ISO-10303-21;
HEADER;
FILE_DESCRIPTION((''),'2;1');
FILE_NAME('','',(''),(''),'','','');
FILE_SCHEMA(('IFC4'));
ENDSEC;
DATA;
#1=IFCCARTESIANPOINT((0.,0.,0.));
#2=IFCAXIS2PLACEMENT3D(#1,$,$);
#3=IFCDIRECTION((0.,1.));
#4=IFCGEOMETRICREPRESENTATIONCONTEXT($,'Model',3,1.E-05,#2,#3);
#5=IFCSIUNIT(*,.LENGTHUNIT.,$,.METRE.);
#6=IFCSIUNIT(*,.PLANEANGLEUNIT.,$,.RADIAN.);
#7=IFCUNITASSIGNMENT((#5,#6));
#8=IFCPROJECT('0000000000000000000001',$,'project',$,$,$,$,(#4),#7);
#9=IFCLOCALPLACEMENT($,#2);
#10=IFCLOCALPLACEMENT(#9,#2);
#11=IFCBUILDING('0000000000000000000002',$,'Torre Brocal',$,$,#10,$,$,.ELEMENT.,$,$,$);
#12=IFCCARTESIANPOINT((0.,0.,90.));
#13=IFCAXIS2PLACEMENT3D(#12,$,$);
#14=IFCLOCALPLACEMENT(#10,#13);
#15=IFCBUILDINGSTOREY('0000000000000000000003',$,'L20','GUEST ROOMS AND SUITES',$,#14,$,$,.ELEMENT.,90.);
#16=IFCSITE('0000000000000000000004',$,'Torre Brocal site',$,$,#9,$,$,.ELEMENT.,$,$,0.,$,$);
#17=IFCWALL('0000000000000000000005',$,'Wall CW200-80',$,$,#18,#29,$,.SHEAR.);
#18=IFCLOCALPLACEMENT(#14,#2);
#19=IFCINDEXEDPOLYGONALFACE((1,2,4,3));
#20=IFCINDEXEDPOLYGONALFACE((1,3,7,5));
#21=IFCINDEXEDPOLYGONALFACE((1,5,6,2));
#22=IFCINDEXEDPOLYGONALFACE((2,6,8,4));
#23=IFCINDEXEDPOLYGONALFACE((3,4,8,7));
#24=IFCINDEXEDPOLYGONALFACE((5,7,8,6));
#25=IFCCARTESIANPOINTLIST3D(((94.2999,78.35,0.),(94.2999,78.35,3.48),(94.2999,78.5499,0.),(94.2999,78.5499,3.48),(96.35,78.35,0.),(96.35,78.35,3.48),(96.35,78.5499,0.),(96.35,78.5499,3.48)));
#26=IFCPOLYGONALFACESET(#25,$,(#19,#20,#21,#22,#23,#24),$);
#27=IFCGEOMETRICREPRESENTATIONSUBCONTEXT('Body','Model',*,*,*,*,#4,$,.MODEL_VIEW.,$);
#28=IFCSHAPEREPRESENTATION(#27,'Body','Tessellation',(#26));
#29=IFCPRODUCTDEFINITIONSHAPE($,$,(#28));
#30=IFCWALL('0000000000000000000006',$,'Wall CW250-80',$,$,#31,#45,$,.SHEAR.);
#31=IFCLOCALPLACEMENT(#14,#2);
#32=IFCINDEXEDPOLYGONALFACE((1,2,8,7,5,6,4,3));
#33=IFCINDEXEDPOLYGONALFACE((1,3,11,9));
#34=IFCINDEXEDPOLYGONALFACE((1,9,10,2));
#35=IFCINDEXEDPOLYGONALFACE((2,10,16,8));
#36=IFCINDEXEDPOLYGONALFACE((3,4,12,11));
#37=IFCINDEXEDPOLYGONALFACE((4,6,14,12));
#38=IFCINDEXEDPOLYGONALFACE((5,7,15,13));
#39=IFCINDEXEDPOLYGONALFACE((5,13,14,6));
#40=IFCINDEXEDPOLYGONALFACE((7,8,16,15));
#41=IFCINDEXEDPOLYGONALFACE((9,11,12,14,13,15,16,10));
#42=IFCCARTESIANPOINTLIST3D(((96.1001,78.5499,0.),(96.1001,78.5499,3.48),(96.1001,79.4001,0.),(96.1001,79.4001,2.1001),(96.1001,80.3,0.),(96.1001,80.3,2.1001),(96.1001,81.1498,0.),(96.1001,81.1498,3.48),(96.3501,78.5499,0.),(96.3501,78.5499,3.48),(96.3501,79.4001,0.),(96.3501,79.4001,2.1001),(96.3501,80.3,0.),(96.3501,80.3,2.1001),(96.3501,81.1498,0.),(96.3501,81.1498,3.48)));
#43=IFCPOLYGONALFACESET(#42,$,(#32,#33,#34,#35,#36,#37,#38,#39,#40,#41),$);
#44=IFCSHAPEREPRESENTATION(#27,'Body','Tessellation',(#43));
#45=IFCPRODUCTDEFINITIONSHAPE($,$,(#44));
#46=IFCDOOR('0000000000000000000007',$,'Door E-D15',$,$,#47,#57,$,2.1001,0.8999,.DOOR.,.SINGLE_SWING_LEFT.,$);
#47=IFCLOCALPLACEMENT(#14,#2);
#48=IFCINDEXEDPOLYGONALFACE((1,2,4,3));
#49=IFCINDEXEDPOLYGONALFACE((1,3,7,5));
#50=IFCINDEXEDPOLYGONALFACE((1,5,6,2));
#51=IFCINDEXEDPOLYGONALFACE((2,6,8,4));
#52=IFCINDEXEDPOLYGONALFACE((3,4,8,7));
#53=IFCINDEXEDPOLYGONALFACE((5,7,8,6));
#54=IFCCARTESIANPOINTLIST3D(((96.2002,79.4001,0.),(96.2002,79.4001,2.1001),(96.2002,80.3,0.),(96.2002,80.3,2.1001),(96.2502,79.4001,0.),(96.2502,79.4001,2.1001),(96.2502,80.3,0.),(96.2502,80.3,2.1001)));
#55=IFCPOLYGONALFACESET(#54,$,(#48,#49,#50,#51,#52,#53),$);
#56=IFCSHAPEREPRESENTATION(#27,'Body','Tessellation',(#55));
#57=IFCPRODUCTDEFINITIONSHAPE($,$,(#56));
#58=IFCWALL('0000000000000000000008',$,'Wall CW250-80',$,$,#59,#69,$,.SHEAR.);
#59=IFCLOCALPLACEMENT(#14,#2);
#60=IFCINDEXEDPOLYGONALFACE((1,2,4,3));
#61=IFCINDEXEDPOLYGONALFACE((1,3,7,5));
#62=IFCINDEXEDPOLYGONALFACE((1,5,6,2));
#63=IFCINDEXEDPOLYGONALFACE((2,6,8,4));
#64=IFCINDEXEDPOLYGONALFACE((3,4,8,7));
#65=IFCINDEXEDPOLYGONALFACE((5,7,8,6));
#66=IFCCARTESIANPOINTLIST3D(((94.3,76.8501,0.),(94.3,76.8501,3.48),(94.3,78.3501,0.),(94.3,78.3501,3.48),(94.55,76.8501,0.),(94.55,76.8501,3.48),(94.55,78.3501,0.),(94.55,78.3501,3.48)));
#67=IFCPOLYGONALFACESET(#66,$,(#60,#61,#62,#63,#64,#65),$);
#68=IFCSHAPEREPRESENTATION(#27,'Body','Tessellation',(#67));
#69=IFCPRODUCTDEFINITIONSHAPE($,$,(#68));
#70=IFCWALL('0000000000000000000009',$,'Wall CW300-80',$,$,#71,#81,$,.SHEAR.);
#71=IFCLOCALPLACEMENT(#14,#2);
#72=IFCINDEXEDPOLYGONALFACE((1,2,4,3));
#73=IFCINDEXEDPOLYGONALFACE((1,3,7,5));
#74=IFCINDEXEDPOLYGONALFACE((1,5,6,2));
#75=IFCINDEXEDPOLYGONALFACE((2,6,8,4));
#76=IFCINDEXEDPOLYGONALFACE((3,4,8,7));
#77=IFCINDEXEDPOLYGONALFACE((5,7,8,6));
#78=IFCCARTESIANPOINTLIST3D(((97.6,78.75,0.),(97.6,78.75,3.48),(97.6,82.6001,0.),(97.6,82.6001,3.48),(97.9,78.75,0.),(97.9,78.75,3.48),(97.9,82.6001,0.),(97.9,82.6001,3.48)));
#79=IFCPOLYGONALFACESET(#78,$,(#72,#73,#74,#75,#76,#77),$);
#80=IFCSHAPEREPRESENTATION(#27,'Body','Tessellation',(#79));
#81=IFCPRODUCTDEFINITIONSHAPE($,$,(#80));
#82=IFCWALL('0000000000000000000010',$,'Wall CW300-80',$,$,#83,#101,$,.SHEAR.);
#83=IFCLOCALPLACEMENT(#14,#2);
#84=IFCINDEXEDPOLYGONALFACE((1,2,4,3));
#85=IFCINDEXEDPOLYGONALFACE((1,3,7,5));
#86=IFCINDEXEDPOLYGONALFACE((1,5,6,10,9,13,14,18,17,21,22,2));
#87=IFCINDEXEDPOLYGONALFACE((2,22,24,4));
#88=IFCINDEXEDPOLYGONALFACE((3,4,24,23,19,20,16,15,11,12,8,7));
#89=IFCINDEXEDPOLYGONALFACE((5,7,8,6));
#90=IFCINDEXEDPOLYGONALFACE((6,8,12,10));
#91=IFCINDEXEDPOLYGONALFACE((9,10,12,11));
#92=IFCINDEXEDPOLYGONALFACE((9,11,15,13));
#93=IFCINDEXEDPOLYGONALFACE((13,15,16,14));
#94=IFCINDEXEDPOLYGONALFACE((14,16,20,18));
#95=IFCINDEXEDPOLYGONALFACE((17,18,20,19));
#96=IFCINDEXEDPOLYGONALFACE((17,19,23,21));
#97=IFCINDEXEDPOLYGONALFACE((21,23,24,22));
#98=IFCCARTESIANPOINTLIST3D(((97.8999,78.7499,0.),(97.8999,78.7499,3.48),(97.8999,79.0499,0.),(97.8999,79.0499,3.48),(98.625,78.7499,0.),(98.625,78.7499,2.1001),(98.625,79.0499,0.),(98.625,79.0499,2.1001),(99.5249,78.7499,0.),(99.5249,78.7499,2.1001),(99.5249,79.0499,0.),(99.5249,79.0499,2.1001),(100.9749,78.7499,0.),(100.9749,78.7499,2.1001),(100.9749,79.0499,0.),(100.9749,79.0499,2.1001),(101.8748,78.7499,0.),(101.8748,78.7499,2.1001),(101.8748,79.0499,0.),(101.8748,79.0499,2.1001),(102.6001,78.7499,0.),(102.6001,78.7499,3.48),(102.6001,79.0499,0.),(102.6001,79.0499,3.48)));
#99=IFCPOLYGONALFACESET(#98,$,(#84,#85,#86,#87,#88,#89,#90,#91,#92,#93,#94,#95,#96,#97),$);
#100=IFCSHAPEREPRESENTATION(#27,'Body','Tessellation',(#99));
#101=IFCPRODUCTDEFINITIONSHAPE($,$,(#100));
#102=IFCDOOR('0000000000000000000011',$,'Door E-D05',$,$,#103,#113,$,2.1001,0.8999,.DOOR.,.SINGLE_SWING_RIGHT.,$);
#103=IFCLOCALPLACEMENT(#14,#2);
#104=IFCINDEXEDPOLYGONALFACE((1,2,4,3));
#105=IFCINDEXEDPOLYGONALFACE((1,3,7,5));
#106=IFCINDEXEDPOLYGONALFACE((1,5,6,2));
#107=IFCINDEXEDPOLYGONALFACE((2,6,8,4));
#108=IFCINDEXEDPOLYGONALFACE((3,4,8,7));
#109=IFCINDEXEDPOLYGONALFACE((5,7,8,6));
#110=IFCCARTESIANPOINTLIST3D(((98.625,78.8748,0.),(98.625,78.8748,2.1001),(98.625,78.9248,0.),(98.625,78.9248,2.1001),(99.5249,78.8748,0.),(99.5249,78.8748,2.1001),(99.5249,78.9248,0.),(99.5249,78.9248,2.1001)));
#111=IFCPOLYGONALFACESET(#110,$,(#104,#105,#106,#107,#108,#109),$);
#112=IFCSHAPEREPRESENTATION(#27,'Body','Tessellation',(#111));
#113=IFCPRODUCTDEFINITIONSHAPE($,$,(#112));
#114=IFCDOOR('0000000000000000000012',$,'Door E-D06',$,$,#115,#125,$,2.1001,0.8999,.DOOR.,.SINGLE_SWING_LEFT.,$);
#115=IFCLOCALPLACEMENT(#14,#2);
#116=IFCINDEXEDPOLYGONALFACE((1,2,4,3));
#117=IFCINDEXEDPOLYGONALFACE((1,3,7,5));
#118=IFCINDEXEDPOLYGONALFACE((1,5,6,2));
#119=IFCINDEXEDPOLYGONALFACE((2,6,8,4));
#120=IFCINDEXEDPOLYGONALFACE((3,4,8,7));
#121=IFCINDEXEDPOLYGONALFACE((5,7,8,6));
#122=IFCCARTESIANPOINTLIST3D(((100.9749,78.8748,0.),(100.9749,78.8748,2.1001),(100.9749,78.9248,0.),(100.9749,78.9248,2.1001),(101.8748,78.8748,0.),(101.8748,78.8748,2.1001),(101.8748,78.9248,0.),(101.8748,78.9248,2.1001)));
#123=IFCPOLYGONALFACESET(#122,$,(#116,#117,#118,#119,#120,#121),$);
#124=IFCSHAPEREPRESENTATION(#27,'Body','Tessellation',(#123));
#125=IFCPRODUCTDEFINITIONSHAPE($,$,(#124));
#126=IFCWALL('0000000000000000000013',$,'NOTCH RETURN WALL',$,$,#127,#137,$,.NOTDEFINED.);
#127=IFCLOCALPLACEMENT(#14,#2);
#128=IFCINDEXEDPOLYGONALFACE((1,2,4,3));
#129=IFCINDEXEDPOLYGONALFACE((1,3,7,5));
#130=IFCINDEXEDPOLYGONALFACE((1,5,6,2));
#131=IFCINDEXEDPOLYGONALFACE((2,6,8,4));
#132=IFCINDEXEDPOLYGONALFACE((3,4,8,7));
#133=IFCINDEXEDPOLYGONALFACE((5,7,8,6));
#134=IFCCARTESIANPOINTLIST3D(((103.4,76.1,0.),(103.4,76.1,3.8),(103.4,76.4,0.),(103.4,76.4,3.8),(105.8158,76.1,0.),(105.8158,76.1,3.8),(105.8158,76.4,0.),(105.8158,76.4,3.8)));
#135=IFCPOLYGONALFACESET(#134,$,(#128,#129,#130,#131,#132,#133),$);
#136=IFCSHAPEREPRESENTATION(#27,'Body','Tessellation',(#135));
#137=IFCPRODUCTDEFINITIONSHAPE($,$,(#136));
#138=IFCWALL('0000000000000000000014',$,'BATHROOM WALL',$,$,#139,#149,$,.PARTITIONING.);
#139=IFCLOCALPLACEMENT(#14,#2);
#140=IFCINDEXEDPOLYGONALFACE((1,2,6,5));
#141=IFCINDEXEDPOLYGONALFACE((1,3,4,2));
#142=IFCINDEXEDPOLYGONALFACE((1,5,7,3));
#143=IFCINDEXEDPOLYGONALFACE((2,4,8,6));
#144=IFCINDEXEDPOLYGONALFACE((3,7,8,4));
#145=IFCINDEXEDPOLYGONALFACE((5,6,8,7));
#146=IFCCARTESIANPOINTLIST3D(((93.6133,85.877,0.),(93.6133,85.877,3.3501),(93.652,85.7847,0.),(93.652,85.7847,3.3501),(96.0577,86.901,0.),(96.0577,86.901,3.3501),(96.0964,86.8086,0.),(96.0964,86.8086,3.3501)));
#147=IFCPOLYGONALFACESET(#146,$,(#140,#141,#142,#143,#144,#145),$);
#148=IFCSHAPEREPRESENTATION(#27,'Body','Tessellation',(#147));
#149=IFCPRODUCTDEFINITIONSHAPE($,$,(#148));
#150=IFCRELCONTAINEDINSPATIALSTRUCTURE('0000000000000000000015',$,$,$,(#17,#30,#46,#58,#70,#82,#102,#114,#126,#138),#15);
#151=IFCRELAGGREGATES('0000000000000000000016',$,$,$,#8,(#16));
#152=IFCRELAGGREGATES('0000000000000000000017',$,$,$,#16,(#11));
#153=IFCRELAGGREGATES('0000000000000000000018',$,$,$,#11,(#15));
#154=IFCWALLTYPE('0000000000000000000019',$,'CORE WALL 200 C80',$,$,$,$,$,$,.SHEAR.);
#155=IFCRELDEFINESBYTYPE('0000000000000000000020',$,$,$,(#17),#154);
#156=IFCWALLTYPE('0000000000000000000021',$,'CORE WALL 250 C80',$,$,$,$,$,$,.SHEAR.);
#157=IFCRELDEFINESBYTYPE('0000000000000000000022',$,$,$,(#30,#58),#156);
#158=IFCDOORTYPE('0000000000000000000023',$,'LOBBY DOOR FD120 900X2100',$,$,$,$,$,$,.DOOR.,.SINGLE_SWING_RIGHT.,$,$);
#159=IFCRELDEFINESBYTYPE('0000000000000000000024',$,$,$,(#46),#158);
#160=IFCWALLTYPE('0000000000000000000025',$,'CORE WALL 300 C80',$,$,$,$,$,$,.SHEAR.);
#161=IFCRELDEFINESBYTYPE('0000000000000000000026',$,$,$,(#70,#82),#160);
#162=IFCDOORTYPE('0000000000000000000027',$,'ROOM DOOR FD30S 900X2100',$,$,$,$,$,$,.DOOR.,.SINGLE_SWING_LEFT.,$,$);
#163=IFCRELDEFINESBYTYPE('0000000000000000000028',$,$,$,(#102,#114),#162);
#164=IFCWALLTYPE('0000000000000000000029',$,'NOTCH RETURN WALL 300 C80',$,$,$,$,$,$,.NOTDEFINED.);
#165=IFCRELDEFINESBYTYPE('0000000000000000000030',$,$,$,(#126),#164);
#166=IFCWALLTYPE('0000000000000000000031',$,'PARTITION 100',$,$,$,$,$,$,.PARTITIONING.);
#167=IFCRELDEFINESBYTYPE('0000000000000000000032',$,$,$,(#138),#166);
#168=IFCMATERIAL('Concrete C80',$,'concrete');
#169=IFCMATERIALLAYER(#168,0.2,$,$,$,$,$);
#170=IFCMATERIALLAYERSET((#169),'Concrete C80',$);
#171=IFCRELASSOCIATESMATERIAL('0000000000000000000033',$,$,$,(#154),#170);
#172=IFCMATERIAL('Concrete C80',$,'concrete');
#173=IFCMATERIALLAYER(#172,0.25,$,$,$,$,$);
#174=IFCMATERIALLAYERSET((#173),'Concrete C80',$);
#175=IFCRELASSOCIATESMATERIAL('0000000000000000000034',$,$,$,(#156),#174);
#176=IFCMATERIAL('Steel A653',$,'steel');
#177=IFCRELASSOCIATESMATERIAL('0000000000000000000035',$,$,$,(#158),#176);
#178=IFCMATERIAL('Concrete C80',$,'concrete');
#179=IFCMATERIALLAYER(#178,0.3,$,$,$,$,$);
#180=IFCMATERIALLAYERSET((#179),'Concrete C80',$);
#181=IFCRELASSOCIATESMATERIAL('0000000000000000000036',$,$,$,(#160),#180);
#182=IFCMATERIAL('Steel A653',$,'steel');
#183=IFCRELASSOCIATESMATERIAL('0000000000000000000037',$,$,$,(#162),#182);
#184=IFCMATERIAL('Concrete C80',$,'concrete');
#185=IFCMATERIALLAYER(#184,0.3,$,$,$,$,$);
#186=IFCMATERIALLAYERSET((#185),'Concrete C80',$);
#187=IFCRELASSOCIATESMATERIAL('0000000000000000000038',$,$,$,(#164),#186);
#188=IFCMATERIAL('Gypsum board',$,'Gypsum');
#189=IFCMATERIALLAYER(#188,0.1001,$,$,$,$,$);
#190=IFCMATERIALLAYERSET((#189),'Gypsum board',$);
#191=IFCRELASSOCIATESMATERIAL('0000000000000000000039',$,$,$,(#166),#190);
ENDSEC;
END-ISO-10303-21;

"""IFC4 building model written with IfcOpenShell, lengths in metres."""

from ifc_helpers import new_model, si_unit, direction, frame, frame_2d, origin, place, context, subcontext, project, spatial, rectangle, extrude, material, layer, layer_set, type_object, element, fill, save


model = new_model("IFC4")

# Units and contexts
model_context = context("Model", 3, precision=1e-05, world=origin(), true_north=direction((0.0, 1.0)))
body_context = subcontext(model_context, "Body", "Model", "MODEL_VIEW")
ifc_project = project(units=[si_unit("LENGTHUNIT", "METRE"), si_unit("PLANEANGLEUNIT", "RADIAN")], contexts=[model_context])

# Site, building, storey
site_placement = place(None, origin())
site = spatial("IfcSite", under=ifc_project, at=site_placement, Name="Torre Brocal site", CompositionType="ELEMENT", RefElevation=0.0)
building_placement = place(site_placement, origin())
building = spatial("IfcBuilding", under=site, at=building_placement, Name="Torre Brocal", CompositionType="ELEMENT")
storey_placement = place(building_placement, frame((0.0, 0.0, 90.0)))
storey = spatial("IfcBuildingStorey", under=building, at=storey_placement, Name="L20", Description="GUEST ROOMS AND SUITES", CompositionType="ELEMENT", Elevation=90.0)

# Wall
ifc_material_1 = material(Name="Concrete C80", Category="concrete")
ifc_layer_1 = layer(ifc_material_1, 0.2)
ifc_layer_set_1 = layer_set([ifc_layer_1], Name="Concrete C80")
wall_type_1 = type_object("IfcWallType", Name="CORE WALL 200 C80", PredefinedType="SHEAR", material=ifc_layer_set_1)
wall_1_placement = place(storey_placement, frame((94.3, 78.45, 0.0), z_axis=(0.0, 0.0, 1.0), x_axis=(1.0, 0.0, 0.0)))
element("IfcWall", 1, at=wall_1_placement, inside=storey, type_object=wall_type_1, Name="Wall CW200-80", PredefinedType="SHEAR", context=body_context, shape_type="SweptSolid", body=[
    extrude(rectangle(XDim=2.05, YDim=0.2, at=frame_2d((1.0249, 0.0))), origin(), (0.0, 0.0, 1.0), 3.48),
])

# Wall, opening, door
ifc_material_2 = material(Name="Concrete C80", Category="concrete")
ifc_layer_2 = layer(ifc_material_2, 0.25)
ifc_layer_set_2 = layer_set([ifc_layer_2], Name="Concrete C80")
wall_type_2 = type_object("IfcWallType", Name="CORE WALL 250 C80", PredefinedType="SHEAR", material=ifc_layer_set_2)
wall_2_placement = place(storey_placement, frame((96.2251, 78.55, 0.0), z_axis=(0.0, 0.0, 1.0), x_axis=(0.0, 1.0, 0.0)))
wall_2 = element("IfcWall", 2, at=wall_2_placement, inside=storey, type_object=wall_type_2, Name="Wall CW250-80", PredefinedType="SHEAR", context=body_context, shape_type="SweptSolid", body=[
    extrude(rectangle(XDim=2.5999, YDim=0.25, at=frame_2d((1.2998, 0.0))), origin(), (0.0, 0.0, 1.0), 3.48),
])
opening_1_placement = place(wall_2_placement, frame((0.8501, 0.0, 0.0)))
opening_1 = element("IfcOpeningElement", 3, at=opening_1_placement, cuts=wall_2, PredefinedType="OPENING", context=body_context, shape_type="SweptSolid", body=[
    extrude(rectangle(XDim=0.8999, YDim=2.1001, at=frame_2d((0.45, 1.05))), frame((0.0, 0.135, 0.0), z_axis=(0.0, -1.0, 0.0), x_axis=(1.0, 0.0, 0.0)), (0.0, 0.0, 1.0), 0.27),
])
ifc_material_3 = material(Name="Steel A653", Category="steel")
door_type_1 = type_object("IfcDoorType", Name="LOBBY DOOR FD120 900X2100", OperationType="SINGLE_SWING_RIGHT", PredefinedType="DOOR", material=ifc_material_3)
door_1_placement = place(opening_1_placement, origin())
door_1 = element("IfcDoor", 4, at=door_1_placement, inside=storey, type_object=door_type_1, Name="Door E-D15", OperationType="SINGLE_SWING_LEFT", OverallHeight=2.1001, OverallWidth=0.8999, PredefinedType="DOOR", context=body_context, shape_type="SweptSolid", body=[
    extrude(rectangle(XDim=0.8999, YDim=2.1001, at=frame_2d((0.45, 1.05))), frame((0.0, 0.0249, 0.0), z_axis=(0.0, -1.0, 0.0), x_axis=(1.0, 0.0, 0.0)), (0.0, 0.0, 1.0), 0.05),
])
fill(opening_1, door_1)

# Walls
wall_3_placement = place(storey_placement, frame((94.425, 76.8501, 0.0), z_axis=(0.0, 0.0, 1.0), x_axis=(0.0, 1.0, 0.0)))
element("IfcWall", 5, at=wall_3_placement, inside=storey, type_object=wall_type_2, Name="Wall CW250-80", PredefinedType="SHEAR", context=body_context, shape_type="SweptSolid", body=[
    extrude(rectangle(XDim=1.5, YDim=0.25, at=frame_2d((0.75, 0.0))), origin(), (0.0, 0.0, 1.0), 3.48),
])
ifc_material_4 = material(Name="Concrete C80", Category="concrete")
ifc_layer_3 = layer(ifc_material_4, 0.3)
ifc_layer_set_3 = layer_set([ifc_layer_3], Name="Concrete C80")
wall_type_3 = type_object("IfcWallType", Name="CORE WALL 300 C80", PredefinedType="SHEAR", material=ifc_layer_set_3)
wall_4_placement = place(storey_placement, frame((97.75, 78.75, 0.0), z_axis=(0.0, 0.0, 1.0), x_axis=(0.0, 1.0, 0.0)))
element("IfcWall", 6, at=wall_4_placement, inside=storey, type_object=wall_type_3, Name="Wall CW300-80", PredefinedType="SHEAR", context=body_context, shape_type="SweptSolid", body=[
    extrude(rectangle(XDim=3.8501, YDim=0.3, at=frame_2d((1.925, 0.0))), origin(), (0.0, 0.0, 1.0), 3.48),
])

# Wall, openings, doors
wall_5_placement = place(storey_placement, frame((97.8999, 78.8999, 0.0), z_axis=(0.0, 0.0, 1.0), x_axis=(1.0, 0.0, 0.0)))
wall_5 = element("IfcWall", 7, at=wall_5_placement, inside=storey, type_object=wall_type_3, Name="Wall CW300-80", PredefinedType="SHEAR", context=body_context, shape_type="SweptSolid", body=[
    extrude(rectangle(XDim=4.7002, YDim=0.3, at=frame_2d((2.3501, 0.0))), origin(), (0.0, 0.0, 1.0), 3.48),
])
opening_2_placement = place(wall_5_placement, frame((0.7251, 0.0, 0.0)))
opening_2 = element("IfcOpeningElement", 8, at=opening_2_placement, cuts=wall_5, PredefinedType="OPENING", context=body_context, shape_type="SweptSolid", body=[
    extrude(rectangle(XDim=0.8999, YDim=2.1001, at=frame_2d((0.45, 1.05))), frame((0.0, 0.1599, 0.0), z_axis=(0.0, -1.0, 0.0), x_axis=(1.0, 0.0, 0.0)), (0.0, 0.0, 1.0), 0.3201),
])
opening_3_placement = place(wall_5_placement, frame((3.075, 0.0, 0.0)))
opening_3 = element("IfcOpeningElement", 9, at=opening_3_placement, cuts=wall_5, PredefinedType="OPENING", context=body_context, shape_type="SweptSolid", body=[
    extrude(rectangle(XDim=0.8999, YDim=2.1001, at=frame_2d((0.45, 1.05))), frame((0.0, 0.1599, 0.0), z_axis=(0.0, -1.0, 0.0), x_axis=(1.0, 0.0, 0.0)), (0.0, 0.0, 1.0), 0.3201),
])
ifc_material_5 = material(Name="Steel A653", Category="steel")
door_type_2 = type_object("IfcDoorType", Name="ROOM DOOR FD30S 900X2100", OperationType="SINGLE_SWING_LEFT", PredefinedType="DOOR", material=ifc_material_5)
door_2_placement = place(opening_2_placement, origin())
door_2 = element("IfcDoor", 10, at=door_2_placement, inside=storey, type_object=door_type_2, Name="Door E-D05", OperationType="SINGLE_SWING_RIGHT", OverallHeight=2.1001, OverallWidth=0.8999, PredefinedType="DOOR", context=body_context, shape_type="SweptSolid", body=[
    extrude(rectangle(XDim=0.8999, YDim=2.1001, at=frame_2d((0.45, 1.05))), frame((0.0, 0.0249, 0.0), z_axis=(0.0, -1.0, 0.0), x_axis=(1.0, 0.0, 0.0)), (0.0, 0.0, 1.0), 0.05),
])
fill(opening_2, door_2)
door_3_placement = place(opening_3_placement, origin())
door_3 = element("IfcDoor", 11, at=door_3_placement, inside=storey, type_object=door_type_2, Name="Door E-D06", OperationType="SINGLE_SWING_LEFT", OverallHeight=2.1001, OverallWidth=0.8999, PredefinedType="DOOR", context=body_context, shape_type="SweptSolid", body=[
    extrude(rectangle(XDim=0.8999, YDim=2.1001, at=frame_2d((0.45, 1.05))), frame((0.0, 0.0249, 0.0), z_axis=(0.0, -1.0, 0.0), x_axis=(1.0, 0.0, 0.0)), (0.0, 0.0, 1.0), 0.05),
])
fill(opening_3, door_3)

# Walls
ifc_material_6 = material(Name="Concrete C80", Category="concrete")
ifc_layer_4 = layer(ifc_material_6, 0.3)
ifc_layer_set_4 = layer_set([ifc_layer_4], Name="Concrete C80")
wall_type_4 = type_object("IfcWallType", Name="NOTCH RETURN WALL 300 C80", PredefinedType="NOTDEFINED", material=ifc_layer_set_4)
wall_6_placement = place(storey_placement, frame((103.3999, 76.25, 0.0), z_axis=(0.0, 0.0, 1.0), x_axis=(1.0, 0.0, 0.0)))
element("IfcWall", 12, at=wall_6_placement, inside=storey, type_object=wall_type_4, Name="NOTCH RETURN WALL", PredefinedType="NOTDEFINED", context=body_context, shape_type="SweptSolid", body=[
    extrude(rectangle(XDim=2.4158, YDim=0.3, at=frame_2d((1.208, 0.0))), origin(), (0.0, 0.0, 1.0), 3.8),
])
ifc_material_7 = material(Name="Gypsum board", Category="Gypsum")
ifc_layer_5 = layer(ifc_material_7, 0.1001)
ifc_layer_set_5 = layer_set([ifc_layer_5], Name="Gypsum board")
wall_type_5 = type_object("IfcWallType", Name="PARTITION 100", PredefinedType="PARTITIONING", material=ifc_layer_set_5)
wall_7_placement = place(storey_placement, frame((93.6326, 85.8308, 0.0), z_axis=(0.0, 0.0, 1.0), x_axis=(0.922345, 0.386368, 0.0)))
element("IfcWall", 13, at=wall_7_placement, inside=storey, type_object=wall_type_5, Name="BATHROOM WALL", PredefinedType="PARTITIONING", context=body_context, shape_type="SweptSolid", body=[
    extrude(rectangle(XDim=2.6501, YDim=0.1001, at=frame_2d((1.3252, 0.0))), origin(), (0.0, 0.0, 1.0), 3.3501),
])

save(model, "model.ifc")
